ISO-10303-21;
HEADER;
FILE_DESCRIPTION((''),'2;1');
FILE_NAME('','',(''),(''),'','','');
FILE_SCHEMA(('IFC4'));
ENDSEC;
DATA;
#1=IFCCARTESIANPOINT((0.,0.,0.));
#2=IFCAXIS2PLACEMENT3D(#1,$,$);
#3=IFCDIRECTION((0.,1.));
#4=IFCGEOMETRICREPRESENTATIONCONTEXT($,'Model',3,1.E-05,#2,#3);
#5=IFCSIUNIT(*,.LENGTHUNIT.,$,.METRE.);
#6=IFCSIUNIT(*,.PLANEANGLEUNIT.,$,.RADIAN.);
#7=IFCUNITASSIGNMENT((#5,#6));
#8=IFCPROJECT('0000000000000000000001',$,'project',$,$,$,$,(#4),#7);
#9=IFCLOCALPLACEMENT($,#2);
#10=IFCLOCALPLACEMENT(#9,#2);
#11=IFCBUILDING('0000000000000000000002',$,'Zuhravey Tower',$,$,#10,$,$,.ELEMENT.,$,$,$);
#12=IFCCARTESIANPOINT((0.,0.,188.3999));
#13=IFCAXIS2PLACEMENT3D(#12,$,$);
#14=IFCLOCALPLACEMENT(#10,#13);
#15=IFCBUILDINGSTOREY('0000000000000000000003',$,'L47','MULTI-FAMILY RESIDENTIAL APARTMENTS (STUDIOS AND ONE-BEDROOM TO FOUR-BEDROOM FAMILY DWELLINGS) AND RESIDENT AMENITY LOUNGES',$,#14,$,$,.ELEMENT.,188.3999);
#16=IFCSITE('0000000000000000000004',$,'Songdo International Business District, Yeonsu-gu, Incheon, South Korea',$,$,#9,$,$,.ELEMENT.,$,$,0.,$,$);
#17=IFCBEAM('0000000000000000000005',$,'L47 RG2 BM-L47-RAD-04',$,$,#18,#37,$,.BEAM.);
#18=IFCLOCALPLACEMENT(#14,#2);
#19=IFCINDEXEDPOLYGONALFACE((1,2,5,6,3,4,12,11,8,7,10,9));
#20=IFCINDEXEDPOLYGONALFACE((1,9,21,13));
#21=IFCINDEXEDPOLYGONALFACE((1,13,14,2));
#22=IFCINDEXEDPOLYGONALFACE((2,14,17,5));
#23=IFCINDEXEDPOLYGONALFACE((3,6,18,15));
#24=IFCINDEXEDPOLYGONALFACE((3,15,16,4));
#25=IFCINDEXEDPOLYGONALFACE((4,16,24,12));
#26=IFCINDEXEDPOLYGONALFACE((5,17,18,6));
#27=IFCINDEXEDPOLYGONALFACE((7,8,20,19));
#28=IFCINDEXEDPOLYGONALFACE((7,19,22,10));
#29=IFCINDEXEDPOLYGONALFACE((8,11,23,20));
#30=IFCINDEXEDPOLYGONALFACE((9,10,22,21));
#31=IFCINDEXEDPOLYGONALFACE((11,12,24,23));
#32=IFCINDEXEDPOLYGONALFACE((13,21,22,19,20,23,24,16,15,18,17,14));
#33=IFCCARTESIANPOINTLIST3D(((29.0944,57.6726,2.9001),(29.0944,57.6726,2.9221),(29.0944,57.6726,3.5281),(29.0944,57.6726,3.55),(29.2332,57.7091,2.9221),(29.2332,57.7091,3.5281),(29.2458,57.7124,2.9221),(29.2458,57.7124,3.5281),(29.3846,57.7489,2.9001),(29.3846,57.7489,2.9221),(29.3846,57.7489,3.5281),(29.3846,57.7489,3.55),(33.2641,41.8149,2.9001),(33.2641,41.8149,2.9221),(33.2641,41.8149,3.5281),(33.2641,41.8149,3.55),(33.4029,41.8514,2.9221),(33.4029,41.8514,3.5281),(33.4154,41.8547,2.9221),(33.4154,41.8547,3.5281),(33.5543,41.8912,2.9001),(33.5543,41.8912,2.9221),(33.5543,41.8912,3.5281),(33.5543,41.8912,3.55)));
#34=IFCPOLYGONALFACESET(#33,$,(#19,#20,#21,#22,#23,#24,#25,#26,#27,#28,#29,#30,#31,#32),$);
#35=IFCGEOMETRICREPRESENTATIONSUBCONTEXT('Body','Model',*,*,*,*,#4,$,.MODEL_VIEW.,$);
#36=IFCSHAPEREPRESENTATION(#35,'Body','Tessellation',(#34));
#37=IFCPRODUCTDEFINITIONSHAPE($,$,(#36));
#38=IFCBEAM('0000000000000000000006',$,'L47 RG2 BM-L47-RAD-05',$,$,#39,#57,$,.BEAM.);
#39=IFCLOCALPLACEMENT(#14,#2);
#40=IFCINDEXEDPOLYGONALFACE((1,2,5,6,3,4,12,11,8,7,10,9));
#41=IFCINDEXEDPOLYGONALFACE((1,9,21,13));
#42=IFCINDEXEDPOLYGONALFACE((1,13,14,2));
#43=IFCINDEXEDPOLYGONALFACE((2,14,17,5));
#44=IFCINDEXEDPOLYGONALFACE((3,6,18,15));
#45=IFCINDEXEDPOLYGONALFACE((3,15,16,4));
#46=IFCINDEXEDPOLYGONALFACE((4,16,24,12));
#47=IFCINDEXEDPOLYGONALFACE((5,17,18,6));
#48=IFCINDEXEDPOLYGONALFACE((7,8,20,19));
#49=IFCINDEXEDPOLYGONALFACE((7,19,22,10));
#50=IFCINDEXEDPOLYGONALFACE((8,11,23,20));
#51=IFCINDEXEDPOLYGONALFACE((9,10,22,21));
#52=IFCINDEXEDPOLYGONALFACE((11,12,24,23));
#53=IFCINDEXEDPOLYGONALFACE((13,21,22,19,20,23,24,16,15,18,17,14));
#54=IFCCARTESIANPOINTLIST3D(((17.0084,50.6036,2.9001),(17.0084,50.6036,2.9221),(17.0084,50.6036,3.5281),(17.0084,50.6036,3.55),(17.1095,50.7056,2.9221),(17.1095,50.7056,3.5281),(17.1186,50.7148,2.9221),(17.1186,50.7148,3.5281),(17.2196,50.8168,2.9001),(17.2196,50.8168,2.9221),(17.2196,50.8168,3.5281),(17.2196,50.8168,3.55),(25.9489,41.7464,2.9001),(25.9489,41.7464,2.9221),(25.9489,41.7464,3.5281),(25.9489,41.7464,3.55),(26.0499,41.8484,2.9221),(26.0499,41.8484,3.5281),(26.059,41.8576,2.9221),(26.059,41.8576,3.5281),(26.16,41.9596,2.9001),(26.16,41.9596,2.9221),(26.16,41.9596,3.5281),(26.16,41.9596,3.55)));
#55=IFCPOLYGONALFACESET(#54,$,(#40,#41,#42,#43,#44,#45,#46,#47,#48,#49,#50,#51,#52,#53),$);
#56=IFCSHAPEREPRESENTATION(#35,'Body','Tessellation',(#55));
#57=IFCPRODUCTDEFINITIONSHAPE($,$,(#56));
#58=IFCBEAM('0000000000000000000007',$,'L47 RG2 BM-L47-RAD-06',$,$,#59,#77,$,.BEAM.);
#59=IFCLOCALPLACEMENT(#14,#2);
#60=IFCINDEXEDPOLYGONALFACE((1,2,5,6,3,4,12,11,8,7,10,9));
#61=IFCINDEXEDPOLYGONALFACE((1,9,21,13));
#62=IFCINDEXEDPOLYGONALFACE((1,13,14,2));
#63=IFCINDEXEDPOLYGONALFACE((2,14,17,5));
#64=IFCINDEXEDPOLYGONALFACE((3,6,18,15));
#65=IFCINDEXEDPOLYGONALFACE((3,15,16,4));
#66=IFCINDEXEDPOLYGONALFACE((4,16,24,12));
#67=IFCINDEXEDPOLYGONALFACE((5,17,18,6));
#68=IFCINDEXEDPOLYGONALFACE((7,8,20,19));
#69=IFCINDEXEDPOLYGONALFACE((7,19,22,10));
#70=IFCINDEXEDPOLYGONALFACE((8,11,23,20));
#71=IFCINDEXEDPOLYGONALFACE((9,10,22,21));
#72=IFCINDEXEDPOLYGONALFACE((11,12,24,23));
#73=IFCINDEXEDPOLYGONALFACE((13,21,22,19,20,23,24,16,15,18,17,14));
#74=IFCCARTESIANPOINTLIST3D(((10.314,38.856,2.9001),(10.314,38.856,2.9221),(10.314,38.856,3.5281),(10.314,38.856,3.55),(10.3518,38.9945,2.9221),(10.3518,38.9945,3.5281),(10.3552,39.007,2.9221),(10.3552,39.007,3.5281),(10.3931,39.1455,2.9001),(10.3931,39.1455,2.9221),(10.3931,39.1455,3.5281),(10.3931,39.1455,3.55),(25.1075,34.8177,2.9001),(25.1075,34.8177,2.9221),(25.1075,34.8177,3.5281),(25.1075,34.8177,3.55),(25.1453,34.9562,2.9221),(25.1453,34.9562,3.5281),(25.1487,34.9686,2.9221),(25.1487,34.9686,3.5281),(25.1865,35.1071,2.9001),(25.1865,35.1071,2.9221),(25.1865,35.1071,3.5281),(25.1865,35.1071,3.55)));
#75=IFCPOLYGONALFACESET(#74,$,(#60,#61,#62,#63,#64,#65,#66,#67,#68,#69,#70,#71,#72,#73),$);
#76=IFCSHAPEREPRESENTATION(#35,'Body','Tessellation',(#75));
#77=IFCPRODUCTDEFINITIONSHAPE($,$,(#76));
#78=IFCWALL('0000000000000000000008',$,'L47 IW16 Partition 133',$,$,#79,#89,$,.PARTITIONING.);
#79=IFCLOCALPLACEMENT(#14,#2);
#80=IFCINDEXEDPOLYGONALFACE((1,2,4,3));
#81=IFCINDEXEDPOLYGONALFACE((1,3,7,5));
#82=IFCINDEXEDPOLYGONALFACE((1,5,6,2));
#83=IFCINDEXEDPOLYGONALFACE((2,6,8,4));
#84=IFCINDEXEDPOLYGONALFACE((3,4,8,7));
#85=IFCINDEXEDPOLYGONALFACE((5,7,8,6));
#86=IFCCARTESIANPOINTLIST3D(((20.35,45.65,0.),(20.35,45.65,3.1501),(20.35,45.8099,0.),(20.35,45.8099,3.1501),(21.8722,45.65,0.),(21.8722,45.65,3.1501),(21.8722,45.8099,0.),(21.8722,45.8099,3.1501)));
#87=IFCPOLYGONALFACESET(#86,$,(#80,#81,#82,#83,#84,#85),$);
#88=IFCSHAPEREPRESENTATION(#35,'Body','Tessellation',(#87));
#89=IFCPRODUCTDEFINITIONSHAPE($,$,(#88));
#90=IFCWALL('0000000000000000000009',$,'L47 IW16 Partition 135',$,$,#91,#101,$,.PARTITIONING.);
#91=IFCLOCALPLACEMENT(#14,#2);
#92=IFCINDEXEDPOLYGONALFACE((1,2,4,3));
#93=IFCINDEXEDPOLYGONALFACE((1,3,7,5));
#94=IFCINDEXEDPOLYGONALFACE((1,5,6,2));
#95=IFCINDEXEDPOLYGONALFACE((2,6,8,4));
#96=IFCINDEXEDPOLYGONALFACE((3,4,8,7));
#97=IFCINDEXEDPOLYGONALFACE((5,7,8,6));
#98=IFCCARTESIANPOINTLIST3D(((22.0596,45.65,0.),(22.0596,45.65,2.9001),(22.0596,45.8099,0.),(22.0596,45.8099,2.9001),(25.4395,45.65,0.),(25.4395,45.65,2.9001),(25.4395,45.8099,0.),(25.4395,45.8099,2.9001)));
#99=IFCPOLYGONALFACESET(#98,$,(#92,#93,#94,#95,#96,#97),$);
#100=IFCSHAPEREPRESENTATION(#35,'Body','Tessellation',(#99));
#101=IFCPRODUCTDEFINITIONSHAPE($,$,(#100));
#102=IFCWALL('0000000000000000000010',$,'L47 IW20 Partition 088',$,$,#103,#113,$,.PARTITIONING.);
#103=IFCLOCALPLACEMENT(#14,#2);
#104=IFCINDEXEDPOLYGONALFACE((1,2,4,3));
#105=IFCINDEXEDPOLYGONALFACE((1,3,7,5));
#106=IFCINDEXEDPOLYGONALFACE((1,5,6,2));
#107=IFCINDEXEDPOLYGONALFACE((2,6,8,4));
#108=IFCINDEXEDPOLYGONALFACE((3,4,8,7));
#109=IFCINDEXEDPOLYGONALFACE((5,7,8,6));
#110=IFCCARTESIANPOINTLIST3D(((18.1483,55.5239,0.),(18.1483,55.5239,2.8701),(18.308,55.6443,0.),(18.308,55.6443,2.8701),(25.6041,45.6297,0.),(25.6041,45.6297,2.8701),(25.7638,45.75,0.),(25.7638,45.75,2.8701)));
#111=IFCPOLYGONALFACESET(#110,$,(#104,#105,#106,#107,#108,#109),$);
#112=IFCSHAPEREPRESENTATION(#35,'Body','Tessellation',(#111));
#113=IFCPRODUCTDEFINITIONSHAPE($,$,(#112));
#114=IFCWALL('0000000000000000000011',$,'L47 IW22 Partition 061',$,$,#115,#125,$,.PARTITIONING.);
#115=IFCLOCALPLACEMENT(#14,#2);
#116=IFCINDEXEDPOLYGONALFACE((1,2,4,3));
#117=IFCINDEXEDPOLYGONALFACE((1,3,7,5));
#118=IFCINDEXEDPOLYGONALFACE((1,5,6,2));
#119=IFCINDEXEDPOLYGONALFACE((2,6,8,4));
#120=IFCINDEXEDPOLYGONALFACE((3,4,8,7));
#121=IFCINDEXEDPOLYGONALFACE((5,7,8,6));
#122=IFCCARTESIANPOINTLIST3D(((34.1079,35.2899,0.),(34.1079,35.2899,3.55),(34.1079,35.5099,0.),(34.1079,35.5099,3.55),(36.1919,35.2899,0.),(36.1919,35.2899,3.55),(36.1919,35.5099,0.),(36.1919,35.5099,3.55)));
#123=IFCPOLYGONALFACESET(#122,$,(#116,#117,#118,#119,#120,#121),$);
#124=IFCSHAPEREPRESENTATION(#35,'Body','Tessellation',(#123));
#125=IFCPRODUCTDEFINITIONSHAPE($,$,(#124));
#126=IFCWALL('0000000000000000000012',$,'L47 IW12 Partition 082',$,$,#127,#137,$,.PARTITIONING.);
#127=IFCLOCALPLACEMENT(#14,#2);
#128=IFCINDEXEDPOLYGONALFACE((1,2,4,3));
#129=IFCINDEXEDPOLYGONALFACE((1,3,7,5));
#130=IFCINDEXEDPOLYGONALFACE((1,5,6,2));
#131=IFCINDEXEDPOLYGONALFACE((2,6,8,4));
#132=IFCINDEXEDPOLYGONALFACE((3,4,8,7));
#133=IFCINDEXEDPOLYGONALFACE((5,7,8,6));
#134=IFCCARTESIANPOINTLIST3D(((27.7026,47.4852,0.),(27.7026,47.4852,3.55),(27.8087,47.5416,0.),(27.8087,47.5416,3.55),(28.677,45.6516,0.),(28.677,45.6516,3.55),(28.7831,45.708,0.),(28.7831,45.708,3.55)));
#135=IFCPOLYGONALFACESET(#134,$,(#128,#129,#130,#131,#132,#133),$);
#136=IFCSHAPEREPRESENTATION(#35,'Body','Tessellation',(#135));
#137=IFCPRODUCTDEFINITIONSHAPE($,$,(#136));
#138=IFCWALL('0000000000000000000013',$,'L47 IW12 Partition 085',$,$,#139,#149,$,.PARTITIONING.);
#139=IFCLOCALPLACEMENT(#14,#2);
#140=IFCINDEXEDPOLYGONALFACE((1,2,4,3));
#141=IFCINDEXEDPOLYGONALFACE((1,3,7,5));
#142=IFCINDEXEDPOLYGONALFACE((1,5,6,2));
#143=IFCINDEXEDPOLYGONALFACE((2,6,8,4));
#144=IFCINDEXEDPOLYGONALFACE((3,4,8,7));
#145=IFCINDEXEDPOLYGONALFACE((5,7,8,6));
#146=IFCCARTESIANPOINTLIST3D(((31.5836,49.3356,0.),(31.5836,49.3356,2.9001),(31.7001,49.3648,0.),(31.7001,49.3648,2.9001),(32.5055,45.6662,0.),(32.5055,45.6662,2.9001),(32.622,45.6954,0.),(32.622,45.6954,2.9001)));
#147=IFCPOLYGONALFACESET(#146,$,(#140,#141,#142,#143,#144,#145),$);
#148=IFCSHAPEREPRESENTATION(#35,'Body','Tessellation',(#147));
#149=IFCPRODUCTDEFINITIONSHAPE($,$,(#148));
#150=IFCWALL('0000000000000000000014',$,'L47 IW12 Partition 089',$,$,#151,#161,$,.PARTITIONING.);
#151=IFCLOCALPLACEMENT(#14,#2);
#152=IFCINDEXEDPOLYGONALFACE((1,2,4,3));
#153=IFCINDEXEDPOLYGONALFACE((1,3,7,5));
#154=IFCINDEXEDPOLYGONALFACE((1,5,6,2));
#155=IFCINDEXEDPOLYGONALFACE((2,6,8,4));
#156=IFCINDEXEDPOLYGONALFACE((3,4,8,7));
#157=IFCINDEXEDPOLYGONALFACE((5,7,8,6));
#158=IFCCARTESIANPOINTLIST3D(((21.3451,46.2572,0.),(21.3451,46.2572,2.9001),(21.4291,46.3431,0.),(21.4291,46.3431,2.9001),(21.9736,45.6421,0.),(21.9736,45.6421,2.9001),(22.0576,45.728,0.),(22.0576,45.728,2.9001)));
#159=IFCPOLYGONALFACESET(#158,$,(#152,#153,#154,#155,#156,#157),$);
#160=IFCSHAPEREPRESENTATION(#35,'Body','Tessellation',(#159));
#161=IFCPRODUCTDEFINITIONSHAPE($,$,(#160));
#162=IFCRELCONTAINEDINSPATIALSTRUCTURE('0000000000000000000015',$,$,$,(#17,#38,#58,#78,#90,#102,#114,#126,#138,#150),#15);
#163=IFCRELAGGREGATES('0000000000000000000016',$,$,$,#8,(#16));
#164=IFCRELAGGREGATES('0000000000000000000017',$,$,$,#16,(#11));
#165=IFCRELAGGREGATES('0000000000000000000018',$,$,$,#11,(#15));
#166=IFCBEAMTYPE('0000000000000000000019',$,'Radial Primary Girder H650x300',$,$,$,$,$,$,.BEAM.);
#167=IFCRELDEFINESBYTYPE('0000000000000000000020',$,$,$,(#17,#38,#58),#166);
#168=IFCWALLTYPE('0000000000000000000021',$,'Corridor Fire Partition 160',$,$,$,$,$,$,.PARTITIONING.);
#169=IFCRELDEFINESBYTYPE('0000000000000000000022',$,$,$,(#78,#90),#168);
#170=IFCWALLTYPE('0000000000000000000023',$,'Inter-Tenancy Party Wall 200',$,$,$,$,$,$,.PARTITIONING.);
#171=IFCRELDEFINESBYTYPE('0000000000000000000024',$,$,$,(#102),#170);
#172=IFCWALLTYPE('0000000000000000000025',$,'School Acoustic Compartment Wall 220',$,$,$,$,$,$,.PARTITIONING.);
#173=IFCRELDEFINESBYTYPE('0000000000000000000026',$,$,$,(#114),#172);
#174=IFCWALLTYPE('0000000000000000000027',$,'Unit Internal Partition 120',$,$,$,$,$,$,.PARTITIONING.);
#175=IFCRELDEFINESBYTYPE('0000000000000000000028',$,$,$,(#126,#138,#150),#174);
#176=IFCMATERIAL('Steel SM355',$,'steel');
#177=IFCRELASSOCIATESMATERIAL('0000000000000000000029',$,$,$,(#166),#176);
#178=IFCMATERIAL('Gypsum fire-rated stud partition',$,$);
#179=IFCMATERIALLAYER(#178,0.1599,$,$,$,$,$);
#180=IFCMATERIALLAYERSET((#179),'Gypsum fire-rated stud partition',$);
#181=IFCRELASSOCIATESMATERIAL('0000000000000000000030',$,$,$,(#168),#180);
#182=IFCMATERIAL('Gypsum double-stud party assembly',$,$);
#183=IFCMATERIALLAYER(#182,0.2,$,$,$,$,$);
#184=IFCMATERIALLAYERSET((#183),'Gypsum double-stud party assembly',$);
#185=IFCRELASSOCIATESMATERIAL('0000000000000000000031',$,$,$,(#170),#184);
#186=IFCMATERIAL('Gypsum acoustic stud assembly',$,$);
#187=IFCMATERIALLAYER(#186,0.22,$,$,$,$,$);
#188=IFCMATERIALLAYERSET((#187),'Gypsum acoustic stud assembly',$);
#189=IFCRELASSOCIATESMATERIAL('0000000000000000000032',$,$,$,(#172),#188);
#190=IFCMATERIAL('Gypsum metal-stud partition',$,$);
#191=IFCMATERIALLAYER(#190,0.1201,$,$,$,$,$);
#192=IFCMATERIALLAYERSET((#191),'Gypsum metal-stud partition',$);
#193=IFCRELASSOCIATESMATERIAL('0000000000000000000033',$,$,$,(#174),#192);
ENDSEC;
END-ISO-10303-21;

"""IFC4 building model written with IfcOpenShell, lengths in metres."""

from ifc_helpers import new_model, si_unit, direction, frame, frame_2d, origin, origin_2d, place, context, subcontext, project, spatial, rectangle, i_section, extrude, material, layer, layer_set, material_profile, profile_set, type_object, element, save


model = new_model("IFC4")

# Units and contexts
model_context = context("Model", 3, precision=1e-05, world=origin(), true_north=direction((0.0, 1.0)))
body_context = subcontext(model_context, "Body", "Model", "MODEL_VIEW")
ifc_project = project(units=[si_unit("LENGTHUNIT", "METRE"), si_unit("PLANEANGLEUNIT", "RADIAN")], contexts=[model_context])

# Site, building, storey
site_placement = place(None, origin())
site = spatial("IfcSite", under=ifc_project, at=site_placement, Name="Songdo International Business District, Yeonsu-gu, Incheon, South Korea", CompositionType="ELEMENT", RefElevation=0.0)
building_placement = place(site_placement, origin())
building = spatial("IfcBuilding", under=site, at=building_placement, Name="Zuhravey Tower", CompositionType="ELEMENT")
storey_placement = place(building_placement, frame((0.0, 0.0, 188.3999)))
storey = spatial("IfcBuildingStorey", under=building, at=storey_placement, Name="L47", Description="MULTI-FAMILY RESIDENTIAL APARTMENTS (STUDIOS AND ONE-BEDROOM TO FOUR-BEDROOM FAMILY DWELLINGS) AND RESIDENT AMENITY LOUNGES", CompositionType="ELEMENT", Elevation=188.3999)

# Beams
ifc_material_1 = material(Name="Steel SM355", Category="steel")
ifc_material_profile = material_profile(ifc_material_1, i_section(OverallWidth=0.3, OverallDepth=0.6499, WebThickness=0.0129, FlangeThickness=0.022, at=origin_2d()), Name="H-650x300x13x22")
ifc_profile_set = profile_set([ifc_material_profile], Name="Steel SM355")
beam_type = type_object("IfcBeamType", Name="Radial Primary Girder H650x300", PredefinedType="BEAM", material=ifc_profile_set)
beam_1_placement = place(storey_placement, frame((33.4092, 41.853, 3.2251), z_axis=(-0.2543, 0.967125, 0.0), x_axis=(-0.967125, -0.2543, 0.0)))
element("IfcBeam", 1, at=beam_1_placement, inside=storey, type_object=beam_type, Name="L47 RG2 BM-L47-RAD-04", PredefinedType="BEAM", context=body_context, shape_type="SweptSolid", body=[
    extrude(i_section(OverallWidth=0.3, OverallDepth=0.6499, WebThickness=0.0129, FlangeThickness=0.022, at=origin_2d()), origin(), (0.0, 0.0, 1.0), 16.3967),
])
beam_2_placement = place(storey_placement, frame((26.0544, 41.853, 3.2251), z_axis=(-0.710407, 0.703791, 0.0), x_axis=(-0.703791, -0.710407, 0.0)))
element("IfcBeam", 2, at=beam_2_placement, inside=storey, type_object=beam_type, Name="L47 RG2 BM-L47-RAD-05", PredefinedType="BEAM", context=body_context, shape_type="SweptSolid", body=[
    extrude(i_section(OverallWidth=0.3, OverallDepth=0.6499, WebThickness=0.0129, FlangeThickness=0.022, at=origin_2d()), origin(), (0.0, 0.0, 1.0), 12.585),
])
beam_3_placement = place(storey_placement, frame((25.147, 34.9624, 3.2251), z_axis=(-0.964702, 0.263345, 0.0), x_axis=(-0.263345, -0.964702, 0.0)))
element("IfcBeam", 3, at=beam_3_placement, inside=storey, type_object=beam_type, Name="L47 RG2 BM-L47-RAD-06", PredefinedType="BEAM", context=body_context, shape_type="SweptSolid", body=[
    extrude(i_section(OverallWidth=0.3, OverallDepth=0.6499, WebThickness=0.0129, FlangeThickness=0.022, at=origin_2d()), origin(), (0.0, 0.0, 1.0), 15.3347),
])

# Walls
ifc_material_2 = material(Name="Gypsum fire-rated stud partition")
ifc_layer_1 = layer(ifc_material_2, 0.1599)
ifc_layer_set_1 = layer_set([ifc_layer_1], Name="Gypsum fire-rated stud partition")
wall_type_1 = type_object("IfcWallType", Name="Corridor Fire Partition 160", PredefinedType="PARTITIONING", material=ifc_layer_set_1)
wall_1_placement = place(storey_placement, frame((21.8723, 45.73, 0.0), z_axis=(0.0, 0.0, 1.0), x_axis=(-1.0, 0.0, 0.0)))
element("IfcWall", 4, at=wall_1_placement, inside=storey, type_object=wall_type_1, Name="L47 IW16 Partition 133", PredefinedType="PARTITIONING", context=body_context, shape_type="SweptSolid", body=[
    extrude(rectangle(XDim=1.5222, YDim=0.1599, at=frame_2d((0.7612, 0.0))), origin(), (0.0, 0.0, 1.0), 3.1501),
])
wall_2_placement = place(storey_placement, frame((25.4395, 45.73, 0.0), z_axis=(0.0, 0.0, 1.0), x_axis=(-1.0, 0.0, 0.0)))
element("IfcWall", 5, at=wall_2_placement, inside=storey, type_object=wall_type_1, Name="L47 IW16 Partition 135", PredefinedType="PARTITIONING", context=body_context, shape_type="SweptSolid", body=[
    extrude(rectangle(XDim=3.3799, YDim=0.1599, at=frame_2d((1.6899, 0.0))), origin(), (0.0, 0.0, 1.0), 2.9001),
])
ifc_material_3 = material(Name="Gypsum double-stud party assembly")
ifc_layer_2 = layer(ifc_material_3, 0.2)
ifc_layer_set_2 = layer_set([ifc_layer_2], Name="Gypsum double-stud party assembly")
wall_type_2 = type_object("IfcWallType", Name="Inter-Tenancy Party Wall 200", PredefinedType="PARTITIONING", material=ifc_layer_set_2)
wall_3_placement = place(storey_placement, frame((25.6838, 45.6899, 0.0), z_axis=(0.0, 0.0, 1.0), x_axis=(-0.601811, 0.798638, 0.0)))
element("IfcWall", 6, at=wall_3_placement, inside=storey, type_object=wall_type_2, Name="L47 IW20 Partition 088", PredefinedType="PARTITIONING", context=body_context, shape_type="SweptSolid", body=[
    extrude(rectangle(XDim=12.3889, YDim=0.2, at=frame_2d((6.1943, 0.0))), origin(), (0.0, 0.0, 1.0), 2.8701),
])
ifc_material_4 = material(Name="Gypsum acoustic stud assembly")
ifc_layer_3 = layer(ifc_material_4, 0.22)
ifc_layer_set_3 = layer_set([ifc_layer_3], Name="Gypsum acoustic stud assembly")
wall_type_3 = type_object("IfcWallType", Name="School Acoustic Compartment Wall 220", PredefinedType="PARTITIONING", material=ifc_layer_set_3)
wall_4_placement = place(storey_placement, frame((34.1079, 35.3999, 0.0), z_axis=(0.0, 0.0, 1.0), x_axis=(1.0, 0.0, 0.0)))
element("IfcWall", 7, at=wall_4_placement, inside=storey, type_object=wall_type_3, Name="L47 IW22 Partition 061", PredefinedType="PARTITIONING", context=body_context, shape_type="SweptSolid", body=[
    extrude(rectangle(XDim=2.084, YDim=0.22, at=frame_2d((1.042, 0.0))), origin(), (0.0, 0.0, 1.0), 3.55),
])
ifc_material_5 = material(Name="Gypsum metal-stud partition")
ifc_layer_4 = layer(ifc_material_5, 0.1201)
ifc_layer_set_4 = layer_set([ifc_layer_4], Name="Gypsum metal-stud partition")
wall_type_4 = type_object("IfcWallType", Name="Unit Internal Partition 120", PredefinedType="PARTITIONING", material=ifc_layer_set_4)
wall_5_placement = place(storey_placement, frame((28.73, 45.6799, 0.0), z_axis=(0.0, 0.0, 1.0), x_axis=(-0.469276, 0.883052, 0.0)))
element("IfcWall", 8, at=wall_5_placement, inside=storey, type_object=wall_type_4, Name="L47 IW12 Partition 082", PredefinedType="PARTITIONING", context=body_context, shape_type="SweptSolid", body=[
    extrude(rectangle(XDim=2.0764, YDim=0.1201, at=frame_2d((1.0381, 0.0))), origin(), (0.0, 0.0, 1.0), 3.55),
])
wall_6_placement = place(storey_placement, frame((32.5637, 45.6809, 0.0), z_axis=(0.0, 0.0, 1.0), x_axis=(-0.243659, 0.969861, 0.0)))
element("IfcWall", 9, at=wall_6_placement, inside=storey, type_object=wall_type_4, Name="L47 IW12 Partition 085", PredefinedType="PARTITIONING", context=body_context, shape_type="SweptSolid", body=[
    extrude(rectangle(XDim=3.7834, YDim=0.1201, at=frame_2d((1.8916, 0.0))), origin(), (0.0, 0.0, 1.0), 2.9001),
])
wall_7_placement = place(storey_placement, frame((22.0156, 45.6851, 0.0), z_axis=(0.0, 0.0, 1.0), x_axis=(-0.714701, 0.69943, 0.0)))
element("IfcWall", 10, at=wall_7_placement, inside=storey, type_object=wall_type_4, Name="L47 IW12 Partition 089", PredefinedType="PARTITIONING", context=body_context, shape_type="SweptSolid", body=[
    extrude(rectangle(XDim=0.8794, YDim=0.1201, at=frame_2d((0.4397, 0.0))), origin(), (0.0, 0.0, 1.0), 2.9001),
])

save(model, "model.ifc")
